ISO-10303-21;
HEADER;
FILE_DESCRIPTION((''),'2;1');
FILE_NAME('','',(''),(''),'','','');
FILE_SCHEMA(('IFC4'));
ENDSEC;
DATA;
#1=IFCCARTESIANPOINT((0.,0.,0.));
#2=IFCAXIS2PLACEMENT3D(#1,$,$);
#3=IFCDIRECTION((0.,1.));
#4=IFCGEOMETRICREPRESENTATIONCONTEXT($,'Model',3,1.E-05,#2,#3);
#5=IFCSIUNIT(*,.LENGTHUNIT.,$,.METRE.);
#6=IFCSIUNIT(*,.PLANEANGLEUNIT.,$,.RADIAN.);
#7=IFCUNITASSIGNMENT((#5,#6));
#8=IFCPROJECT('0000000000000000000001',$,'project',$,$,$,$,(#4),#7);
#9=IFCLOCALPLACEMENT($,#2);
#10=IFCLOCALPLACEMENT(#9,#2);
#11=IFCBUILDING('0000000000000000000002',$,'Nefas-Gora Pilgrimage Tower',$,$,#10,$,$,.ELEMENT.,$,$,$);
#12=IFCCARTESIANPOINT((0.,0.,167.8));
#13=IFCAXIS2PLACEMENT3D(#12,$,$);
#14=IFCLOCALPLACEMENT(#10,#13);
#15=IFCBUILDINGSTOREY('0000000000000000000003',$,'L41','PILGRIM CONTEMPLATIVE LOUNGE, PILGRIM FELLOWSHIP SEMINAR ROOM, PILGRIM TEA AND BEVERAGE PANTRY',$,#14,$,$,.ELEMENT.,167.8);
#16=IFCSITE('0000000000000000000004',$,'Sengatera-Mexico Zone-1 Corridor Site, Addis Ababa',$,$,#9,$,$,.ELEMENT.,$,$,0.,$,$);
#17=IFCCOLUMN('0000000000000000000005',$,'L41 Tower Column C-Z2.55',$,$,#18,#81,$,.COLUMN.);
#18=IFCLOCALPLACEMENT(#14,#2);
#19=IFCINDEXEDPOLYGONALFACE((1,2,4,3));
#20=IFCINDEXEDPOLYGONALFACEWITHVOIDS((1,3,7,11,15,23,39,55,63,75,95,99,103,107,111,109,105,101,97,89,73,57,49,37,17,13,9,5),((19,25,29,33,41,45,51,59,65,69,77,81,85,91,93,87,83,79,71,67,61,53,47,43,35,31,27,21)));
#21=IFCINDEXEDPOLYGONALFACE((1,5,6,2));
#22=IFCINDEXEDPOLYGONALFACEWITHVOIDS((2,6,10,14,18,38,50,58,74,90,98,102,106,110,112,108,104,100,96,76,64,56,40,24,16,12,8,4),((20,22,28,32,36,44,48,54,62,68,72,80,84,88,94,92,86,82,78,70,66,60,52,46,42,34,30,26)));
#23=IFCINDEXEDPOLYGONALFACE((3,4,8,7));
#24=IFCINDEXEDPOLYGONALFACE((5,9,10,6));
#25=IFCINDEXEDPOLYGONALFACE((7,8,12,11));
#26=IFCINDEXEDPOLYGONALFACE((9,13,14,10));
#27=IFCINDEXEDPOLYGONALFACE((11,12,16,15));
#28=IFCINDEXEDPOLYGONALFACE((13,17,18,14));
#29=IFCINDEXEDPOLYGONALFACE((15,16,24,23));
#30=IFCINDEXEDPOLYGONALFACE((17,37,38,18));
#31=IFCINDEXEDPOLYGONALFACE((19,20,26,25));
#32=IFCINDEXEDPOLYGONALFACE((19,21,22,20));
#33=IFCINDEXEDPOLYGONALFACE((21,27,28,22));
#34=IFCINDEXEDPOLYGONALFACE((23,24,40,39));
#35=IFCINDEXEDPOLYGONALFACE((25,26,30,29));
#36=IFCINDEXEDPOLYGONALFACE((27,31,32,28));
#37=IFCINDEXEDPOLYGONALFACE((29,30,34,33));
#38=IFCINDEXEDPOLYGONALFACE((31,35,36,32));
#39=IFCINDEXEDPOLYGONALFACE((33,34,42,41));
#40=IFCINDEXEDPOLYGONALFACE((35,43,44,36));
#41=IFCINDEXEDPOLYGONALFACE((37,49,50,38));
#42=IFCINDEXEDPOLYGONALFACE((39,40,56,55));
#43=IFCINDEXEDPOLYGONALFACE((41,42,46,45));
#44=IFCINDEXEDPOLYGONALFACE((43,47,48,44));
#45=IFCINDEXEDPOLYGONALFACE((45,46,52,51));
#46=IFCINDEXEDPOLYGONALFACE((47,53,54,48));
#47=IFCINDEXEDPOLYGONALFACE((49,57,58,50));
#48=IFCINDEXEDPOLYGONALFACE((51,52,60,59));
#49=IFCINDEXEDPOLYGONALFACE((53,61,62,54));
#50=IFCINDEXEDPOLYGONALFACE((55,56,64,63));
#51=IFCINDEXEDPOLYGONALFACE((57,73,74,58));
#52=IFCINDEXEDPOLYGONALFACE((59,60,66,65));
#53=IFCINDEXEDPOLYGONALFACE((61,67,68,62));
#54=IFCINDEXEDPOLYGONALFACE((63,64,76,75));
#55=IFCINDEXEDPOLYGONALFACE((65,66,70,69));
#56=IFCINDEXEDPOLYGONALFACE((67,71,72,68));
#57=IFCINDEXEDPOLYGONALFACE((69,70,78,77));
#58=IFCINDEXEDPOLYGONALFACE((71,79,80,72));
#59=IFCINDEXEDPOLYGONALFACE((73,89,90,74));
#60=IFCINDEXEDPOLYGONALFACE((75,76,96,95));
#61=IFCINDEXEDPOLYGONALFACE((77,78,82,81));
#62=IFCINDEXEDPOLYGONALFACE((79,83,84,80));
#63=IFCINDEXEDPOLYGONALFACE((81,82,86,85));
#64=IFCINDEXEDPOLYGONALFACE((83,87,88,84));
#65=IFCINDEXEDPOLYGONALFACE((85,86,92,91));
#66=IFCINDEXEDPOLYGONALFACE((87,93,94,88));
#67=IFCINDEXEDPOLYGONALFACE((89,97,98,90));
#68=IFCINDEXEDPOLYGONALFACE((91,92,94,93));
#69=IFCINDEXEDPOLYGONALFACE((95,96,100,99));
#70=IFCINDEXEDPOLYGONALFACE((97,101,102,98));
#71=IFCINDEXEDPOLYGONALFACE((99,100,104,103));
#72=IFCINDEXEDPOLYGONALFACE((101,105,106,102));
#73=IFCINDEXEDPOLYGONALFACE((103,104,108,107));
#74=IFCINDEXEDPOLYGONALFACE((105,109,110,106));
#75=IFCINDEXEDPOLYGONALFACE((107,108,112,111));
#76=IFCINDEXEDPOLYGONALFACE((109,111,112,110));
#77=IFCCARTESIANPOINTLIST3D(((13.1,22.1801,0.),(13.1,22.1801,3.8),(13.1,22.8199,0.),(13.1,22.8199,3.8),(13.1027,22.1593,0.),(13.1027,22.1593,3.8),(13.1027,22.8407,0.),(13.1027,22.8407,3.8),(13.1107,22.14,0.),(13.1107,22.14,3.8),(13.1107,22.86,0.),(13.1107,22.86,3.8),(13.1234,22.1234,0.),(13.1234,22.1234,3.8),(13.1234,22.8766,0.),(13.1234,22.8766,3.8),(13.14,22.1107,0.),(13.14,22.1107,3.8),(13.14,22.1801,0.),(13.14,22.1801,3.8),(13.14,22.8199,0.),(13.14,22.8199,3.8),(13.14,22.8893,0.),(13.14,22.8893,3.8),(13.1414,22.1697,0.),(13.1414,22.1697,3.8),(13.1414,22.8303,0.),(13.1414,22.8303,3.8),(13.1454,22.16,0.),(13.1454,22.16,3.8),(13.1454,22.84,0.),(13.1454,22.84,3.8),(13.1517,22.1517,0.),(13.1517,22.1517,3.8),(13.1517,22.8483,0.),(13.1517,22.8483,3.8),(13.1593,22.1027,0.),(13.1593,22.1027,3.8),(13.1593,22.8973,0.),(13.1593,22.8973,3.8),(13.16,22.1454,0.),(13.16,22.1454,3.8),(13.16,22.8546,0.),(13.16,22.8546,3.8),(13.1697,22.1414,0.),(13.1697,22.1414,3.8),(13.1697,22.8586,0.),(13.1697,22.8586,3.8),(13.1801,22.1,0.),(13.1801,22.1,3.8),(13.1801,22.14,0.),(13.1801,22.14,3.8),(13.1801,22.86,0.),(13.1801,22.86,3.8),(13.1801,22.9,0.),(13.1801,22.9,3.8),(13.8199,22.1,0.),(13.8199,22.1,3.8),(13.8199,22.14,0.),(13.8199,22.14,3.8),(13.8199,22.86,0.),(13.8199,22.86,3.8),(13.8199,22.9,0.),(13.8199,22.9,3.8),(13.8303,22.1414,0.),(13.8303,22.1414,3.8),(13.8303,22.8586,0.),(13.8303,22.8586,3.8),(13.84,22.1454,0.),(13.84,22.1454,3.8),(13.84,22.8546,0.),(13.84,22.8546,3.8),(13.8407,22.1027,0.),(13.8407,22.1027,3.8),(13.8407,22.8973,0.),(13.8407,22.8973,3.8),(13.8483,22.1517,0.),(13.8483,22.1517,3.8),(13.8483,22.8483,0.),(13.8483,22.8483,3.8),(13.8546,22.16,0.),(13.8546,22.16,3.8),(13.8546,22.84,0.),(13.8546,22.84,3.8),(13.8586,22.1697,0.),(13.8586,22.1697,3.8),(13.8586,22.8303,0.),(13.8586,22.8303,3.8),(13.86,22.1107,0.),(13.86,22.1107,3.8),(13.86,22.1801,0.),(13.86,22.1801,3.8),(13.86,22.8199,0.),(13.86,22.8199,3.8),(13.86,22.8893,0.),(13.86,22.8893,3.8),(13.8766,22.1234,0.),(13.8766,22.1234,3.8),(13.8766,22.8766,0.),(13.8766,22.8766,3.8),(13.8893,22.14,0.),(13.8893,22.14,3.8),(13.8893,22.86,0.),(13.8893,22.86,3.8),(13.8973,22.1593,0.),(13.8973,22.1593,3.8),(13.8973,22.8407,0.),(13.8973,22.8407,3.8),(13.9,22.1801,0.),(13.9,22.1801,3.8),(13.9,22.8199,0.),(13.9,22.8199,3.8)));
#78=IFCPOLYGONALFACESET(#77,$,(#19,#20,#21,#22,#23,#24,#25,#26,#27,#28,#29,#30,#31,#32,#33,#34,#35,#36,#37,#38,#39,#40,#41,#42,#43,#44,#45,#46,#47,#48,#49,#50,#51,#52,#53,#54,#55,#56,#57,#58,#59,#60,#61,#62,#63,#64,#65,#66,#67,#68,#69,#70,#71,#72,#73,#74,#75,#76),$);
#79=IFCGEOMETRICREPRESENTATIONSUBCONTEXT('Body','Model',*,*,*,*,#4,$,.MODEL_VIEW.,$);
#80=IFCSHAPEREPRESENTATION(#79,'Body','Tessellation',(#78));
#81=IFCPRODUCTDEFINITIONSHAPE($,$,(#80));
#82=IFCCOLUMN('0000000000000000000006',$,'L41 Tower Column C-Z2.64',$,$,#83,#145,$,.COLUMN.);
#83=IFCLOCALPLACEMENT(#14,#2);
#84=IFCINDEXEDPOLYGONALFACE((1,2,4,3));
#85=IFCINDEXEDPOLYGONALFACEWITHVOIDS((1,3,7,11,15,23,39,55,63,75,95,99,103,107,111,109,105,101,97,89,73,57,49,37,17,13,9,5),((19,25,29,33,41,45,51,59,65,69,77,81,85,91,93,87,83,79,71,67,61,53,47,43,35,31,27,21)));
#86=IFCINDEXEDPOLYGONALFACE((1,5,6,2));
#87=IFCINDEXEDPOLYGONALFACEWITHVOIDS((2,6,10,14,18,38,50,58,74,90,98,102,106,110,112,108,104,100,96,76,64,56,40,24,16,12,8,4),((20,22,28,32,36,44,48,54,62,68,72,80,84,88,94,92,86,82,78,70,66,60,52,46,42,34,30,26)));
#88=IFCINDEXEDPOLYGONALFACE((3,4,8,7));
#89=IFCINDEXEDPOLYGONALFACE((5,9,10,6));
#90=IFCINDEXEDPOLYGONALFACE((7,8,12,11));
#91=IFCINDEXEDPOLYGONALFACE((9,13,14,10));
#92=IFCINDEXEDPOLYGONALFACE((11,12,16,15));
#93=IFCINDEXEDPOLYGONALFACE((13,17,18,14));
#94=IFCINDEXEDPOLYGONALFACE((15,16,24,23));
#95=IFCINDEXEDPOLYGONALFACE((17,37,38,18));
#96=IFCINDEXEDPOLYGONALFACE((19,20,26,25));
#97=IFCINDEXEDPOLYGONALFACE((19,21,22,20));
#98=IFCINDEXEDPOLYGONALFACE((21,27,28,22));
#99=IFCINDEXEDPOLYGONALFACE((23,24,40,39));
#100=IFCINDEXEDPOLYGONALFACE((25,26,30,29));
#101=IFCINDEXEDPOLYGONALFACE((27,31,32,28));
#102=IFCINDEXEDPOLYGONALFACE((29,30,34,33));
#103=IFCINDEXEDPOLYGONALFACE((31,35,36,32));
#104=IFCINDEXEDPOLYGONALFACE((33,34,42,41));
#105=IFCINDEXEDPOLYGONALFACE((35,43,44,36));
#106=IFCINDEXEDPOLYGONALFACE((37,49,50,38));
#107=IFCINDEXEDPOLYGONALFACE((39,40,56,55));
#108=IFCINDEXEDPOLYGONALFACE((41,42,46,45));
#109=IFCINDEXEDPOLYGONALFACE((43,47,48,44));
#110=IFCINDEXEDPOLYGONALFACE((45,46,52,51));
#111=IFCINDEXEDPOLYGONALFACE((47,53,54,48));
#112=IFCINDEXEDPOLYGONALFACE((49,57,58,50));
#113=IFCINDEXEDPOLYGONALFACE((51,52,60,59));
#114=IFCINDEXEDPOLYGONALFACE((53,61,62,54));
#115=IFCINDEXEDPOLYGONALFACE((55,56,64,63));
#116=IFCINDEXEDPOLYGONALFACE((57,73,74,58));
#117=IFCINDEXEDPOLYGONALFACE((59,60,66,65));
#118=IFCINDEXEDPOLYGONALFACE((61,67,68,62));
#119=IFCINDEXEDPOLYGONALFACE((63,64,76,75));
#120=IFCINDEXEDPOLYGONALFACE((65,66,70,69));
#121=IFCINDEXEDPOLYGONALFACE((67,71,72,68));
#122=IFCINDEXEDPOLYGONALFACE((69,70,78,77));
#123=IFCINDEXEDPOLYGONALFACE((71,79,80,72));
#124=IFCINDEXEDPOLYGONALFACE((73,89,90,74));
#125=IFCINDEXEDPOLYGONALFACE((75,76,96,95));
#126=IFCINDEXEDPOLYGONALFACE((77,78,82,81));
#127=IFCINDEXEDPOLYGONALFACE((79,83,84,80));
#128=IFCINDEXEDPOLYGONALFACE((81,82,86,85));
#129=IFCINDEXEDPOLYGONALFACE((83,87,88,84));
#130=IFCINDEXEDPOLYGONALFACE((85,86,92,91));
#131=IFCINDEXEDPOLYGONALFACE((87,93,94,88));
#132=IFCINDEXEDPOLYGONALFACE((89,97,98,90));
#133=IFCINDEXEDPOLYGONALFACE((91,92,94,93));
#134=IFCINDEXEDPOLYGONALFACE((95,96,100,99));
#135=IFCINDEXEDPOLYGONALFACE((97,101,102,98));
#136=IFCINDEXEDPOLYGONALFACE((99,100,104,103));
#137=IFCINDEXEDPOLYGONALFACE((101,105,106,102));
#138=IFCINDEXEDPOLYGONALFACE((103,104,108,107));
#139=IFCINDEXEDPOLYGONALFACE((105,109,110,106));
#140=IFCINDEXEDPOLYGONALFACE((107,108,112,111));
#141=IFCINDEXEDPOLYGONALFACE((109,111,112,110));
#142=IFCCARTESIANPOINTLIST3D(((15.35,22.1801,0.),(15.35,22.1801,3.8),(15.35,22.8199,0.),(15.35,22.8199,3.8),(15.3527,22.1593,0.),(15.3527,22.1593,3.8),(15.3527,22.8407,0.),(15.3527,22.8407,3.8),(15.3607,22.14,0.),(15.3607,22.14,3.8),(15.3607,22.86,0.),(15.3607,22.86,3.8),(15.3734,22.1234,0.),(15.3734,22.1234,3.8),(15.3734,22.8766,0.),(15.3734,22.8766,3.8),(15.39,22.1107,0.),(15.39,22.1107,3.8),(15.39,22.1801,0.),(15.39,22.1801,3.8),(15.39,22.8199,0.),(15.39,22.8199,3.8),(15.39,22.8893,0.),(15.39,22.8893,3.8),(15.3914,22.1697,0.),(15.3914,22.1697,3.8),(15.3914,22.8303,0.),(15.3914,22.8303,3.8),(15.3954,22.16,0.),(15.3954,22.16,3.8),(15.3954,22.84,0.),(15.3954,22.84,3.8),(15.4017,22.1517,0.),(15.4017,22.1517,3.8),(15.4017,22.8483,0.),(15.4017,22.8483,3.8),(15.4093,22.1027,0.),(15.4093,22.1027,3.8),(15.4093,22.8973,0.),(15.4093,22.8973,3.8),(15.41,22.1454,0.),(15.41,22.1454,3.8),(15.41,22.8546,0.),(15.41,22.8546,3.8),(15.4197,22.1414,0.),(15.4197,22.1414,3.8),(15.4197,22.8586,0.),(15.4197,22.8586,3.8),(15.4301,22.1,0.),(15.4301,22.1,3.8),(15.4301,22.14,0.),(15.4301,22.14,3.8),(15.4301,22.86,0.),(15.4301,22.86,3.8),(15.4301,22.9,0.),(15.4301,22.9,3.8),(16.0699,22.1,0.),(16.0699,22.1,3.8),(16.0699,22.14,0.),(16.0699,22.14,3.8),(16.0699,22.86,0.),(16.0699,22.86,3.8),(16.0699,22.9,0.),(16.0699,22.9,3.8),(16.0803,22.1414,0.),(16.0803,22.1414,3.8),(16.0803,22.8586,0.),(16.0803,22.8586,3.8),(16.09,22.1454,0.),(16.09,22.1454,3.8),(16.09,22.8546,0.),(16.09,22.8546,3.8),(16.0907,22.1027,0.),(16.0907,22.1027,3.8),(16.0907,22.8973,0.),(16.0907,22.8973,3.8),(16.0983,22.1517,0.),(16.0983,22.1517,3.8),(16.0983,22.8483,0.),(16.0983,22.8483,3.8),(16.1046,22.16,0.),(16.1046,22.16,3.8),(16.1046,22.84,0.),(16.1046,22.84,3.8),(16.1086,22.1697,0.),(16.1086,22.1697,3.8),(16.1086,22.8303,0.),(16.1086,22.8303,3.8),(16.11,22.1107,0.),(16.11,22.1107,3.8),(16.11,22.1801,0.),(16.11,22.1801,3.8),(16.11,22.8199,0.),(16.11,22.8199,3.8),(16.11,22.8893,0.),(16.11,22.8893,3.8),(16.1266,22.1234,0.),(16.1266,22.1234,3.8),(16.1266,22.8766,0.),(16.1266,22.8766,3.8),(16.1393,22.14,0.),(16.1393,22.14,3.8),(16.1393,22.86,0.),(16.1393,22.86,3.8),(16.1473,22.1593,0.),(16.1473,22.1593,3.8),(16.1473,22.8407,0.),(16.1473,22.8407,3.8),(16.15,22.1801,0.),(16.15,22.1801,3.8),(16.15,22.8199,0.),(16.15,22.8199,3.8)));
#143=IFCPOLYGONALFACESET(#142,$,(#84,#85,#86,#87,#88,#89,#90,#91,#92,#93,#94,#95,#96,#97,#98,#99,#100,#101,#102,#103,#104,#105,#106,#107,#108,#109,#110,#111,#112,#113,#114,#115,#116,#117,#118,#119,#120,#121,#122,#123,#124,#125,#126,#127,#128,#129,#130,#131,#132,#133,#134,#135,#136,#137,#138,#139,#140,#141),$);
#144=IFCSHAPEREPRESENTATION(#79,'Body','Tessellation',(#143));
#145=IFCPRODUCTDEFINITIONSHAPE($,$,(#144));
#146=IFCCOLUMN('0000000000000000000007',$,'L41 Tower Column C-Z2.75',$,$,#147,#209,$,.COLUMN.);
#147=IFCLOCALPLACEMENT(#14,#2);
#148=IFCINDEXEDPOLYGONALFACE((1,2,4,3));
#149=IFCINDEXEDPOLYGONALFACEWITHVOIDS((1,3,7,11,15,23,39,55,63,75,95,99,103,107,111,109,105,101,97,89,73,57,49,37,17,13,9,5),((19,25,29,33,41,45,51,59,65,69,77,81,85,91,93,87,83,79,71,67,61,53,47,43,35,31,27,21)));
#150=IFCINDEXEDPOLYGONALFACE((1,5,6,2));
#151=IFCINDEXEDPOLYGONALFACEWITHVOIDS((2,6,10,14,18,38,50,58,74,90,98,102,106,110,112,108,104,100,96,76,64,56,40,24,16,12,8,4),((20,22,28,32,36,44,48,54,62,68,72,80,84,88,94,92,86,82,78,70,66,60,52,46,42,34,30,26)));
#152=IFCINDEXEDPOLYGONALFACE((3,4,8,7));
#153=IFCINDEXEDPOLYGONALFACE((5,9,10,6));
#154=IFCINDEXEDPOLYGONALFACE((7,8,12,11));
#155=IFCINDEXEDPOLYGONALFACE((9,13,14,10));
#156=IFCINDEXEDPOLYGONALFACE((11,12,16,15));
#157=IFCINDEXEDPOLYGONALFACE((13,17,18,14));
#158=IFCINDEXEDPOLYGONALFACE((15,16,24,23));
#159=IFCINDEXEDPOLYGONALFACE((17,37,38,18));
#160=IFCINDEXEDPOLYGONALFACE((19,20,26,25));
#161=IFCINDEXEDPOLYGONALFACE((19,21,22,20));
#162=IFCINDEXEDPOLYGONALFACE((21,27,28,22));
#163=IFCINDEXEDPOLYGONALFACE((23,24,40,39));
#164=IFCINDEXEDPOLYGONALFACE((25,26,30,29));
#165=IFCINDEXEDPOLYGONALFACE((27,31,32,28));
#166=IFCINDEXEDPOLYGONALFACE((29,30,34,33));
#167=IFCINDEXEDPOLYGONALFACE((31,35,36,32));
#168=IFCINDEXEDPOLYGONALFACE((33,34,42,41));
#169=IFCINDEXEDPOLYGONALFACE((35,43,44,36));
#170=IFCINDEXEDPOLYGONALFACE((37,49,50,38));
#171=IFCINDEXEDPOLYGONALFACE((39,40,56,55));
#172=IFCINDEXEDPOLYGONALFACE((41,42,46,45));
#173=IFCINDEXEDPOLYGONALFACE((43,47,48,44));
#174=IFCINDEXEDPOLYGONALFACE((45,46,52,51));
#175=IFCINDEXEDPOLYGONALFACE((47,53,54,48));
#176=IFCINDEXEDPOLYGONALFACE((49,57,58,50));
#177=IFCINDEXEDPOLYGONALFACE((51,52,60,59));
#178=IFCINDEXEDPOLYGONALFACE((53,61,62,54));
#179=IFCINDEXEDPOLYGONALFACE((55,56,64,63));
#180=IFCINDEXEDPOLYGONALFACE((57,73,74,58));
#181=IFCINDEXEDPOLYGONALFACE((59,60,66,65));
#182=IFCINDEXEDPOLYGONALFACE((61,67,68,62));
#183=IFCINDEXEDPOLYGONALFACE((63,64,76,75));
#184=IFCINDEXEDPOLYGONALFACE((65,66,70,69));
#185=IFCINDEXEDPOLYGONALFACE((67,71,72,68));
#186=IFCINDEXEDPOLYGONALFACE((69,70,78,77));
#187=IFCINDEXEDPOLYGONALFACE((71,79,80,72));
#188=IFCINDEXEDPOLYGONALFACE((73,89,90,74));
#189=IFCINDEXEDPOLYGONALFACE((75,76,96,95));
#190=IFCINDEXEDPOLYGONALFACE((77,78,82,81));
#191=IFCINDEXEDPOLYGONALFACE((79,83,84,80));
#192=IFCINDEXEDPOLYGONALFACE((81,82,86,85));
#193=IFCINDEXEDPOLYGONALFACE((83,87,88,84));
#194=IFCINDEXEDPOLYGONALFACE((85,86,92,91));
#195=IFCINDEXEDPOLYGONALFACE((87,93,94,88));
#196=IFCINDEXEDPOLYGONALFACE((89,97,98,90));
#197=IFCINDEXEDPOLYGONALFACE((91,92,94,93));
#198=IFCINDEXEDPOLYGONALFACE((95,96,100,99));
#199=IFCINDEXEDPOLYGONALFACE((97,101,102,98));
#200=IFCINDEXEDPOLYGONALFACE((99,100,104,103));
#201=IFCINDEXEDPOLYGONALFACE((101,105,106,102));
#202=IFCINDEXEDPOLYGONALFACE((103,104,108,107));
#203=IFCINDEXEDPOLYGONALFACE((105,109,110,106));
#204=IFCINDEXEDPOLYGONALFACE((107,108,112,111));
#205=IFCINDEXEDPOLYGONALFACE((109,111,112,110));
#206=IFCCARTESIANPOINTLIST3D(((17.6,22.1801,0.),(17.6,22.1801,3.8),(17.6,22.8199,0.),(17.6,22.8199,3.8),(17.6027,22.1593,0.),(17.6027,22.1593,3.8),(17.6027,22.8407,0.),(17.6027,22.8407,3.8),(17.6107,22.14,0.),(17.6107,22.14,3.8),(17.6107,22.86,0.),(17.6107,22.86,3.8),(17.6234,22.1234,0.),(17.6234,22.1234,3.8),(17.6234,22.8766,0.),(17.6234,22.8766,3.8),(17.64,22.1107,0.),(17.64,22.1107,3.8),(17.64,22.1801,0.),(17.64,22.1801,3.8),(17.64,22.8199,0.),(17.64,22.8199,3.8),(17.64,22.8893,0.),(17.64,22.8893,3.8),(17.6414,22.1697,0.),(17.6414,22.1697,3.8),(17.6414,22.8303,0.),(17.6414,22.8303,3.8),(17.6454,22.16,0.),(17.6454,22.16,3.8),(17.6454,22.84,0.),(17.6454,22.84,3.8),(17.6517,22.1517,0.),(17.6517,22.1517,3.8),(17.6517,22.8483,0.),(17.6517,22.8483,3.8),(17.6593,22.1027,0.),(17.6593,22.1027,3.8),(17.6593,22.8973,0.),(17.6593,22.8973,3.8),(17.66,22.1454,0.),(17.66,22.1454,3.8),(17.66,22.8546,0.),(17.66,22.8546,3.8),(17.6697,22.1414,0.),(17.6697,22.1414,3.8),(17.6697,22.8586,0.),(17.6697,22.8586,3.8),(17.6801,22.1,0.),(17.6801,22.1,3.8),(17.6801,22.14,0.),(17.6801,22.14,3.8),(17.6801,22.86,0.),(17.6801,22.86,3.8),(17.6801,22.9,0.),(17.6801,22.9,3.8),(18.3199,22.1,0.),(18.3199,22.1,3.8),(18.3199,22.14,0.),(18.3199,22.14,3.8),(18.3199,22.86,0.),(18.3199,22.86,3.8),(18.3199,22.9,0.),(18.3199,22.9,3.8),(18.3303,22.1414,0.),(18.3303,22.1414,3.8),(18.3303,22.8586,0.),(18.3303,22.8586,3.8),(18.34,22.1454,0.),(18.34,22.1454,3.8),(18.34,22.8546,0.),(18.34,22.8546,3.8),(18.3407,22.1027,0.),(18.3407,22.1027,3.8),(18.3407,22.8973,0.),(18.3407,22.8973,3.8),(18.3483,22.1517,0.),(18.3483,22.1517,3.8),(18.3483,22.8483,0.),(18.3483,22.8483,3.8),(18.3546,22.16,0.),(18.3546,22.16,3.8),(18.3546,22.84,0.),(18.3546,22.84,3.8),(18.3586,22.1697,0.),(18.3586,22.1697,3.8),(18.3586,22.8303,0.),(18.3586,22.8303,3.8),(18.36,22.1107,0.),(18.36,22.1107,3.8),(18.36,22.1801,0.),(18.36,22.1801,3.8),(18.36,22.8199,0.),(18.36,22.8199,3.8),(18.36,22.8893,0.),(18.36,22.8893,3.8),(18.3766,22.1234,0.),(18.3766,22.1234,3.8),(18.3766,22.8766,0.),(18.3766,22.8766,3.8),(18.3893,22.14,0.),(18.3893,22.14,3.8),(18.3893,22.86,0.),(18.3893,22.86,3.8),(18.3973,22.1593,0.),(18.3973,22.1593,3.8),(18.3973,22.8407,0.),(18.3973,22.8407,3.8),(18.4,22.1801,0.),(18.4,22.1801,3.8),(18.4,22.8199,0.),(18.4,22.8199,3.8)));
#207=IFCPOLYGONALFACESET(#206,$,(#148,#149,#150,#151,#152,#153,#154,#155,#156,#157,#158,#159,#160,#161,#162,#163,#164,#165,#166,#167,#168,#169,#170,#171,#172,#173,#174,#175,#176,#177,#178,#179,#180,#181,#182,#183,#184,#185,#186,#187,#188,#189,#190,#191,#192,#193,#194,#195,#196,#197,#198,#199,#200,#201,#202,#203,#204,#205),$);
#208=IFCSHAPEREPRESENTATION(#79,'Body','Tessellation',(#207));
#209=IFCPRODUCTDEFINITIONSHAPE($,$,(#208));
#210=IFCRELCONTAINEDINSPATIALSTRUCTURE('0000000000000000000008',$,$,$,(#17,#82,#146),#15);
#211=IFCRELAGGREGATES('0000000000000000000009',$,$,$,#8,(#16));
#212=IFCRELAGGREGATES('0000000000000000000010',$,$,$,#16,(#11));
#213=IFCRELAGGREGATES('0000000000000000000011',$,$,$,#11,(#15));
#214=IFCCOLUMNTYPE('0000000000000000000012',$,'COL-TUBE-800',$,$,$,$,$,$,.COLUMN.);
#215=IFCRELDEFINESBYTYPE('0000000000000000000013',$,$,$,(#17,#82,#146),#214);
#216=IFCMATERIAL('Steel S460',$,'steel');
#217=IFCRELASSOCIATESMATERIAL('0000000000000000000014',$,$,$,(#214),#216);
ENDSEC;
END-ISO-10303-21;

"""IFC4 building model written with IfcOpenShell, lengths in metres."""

from ifc_helpers import new_model, si_unit, direction, frame, origin, origin_2d, place, context, subcontext, project, spatial, hollow_rectangle, extrude, source, transform, mapped, material, material_profile, profile_set, type_object, element, save


model = new_model("IFC4")

# Units and contexts
model_context = context("Model", 3, precision=1e-05, world=origin(), true_north=direction((0.0, 1.0)))
body_context = subcontext(model_context, "Body", "Model", "MODEL_VIEW")
ifc_project = project(units=[si_unit("LENGTHUNIT", "METRE"), si_unit("PLANEANGLEUNIT", "RADIAN")], contexts=[model_context])

# Site, building, storey
site_placement = place(None, origin())
site = spatial("IfcSite", under=ifc_project, at=site_placement, Name="Sengatera-Mexico Zone-1 Corridor Site, Addis Ababa", CompositionType="ELEMENT", RefElevation=0.0)
building_placement = place(site_placement, origin())
building = spatial("IfcBuilding", under=site, at=building_placement, Name="Nefas-Gora Pilgrimage Tower", CompositionType="ELEMENT")
storey_placement = place(building_placement, frame((0.0, 0.0, 167.8)))
storey = spatial("IfcBuildingStorey", under=building, at=storey_placement, Name="L41", Description="PILGRIM CONTEMPLATIVE LOUNGE, PILGRIM FELLOWSHIP SEMINAR ROOM, PILGRIM TEA AND BEVERAGE PANTRY", CompositionType="ELEMENT", Elevation=167.8)

# Columns
ifc_material_1 = material(Name="Steel S460", Category="steel")
ifc_material_profile_1 = material_profile(ifc_material_1, hollow_rectangle(XDim=0.8, YDim=0.8, WallThickness=0.04, InnerFilletRadius=0.04, OuterFilletRadius=0.0801, at=origin_2d()), Name="BOX 800x800x40")
ifc_profile_set_1 = profile_set([ifc_material_profile_1], Name="Steel S460")
column_type_1 = type_object("IfcColumnType", Name="COL-TUBE-800", PredefinedType="COLUMN", material=ifc_profile_set_1)
shared_shape_1 = source(origin(), body_context, "Body", "SweptSolid", [
    extrude(hollow_rectangle(XDim=0.8, YDim=0.8, WallThickness=0.04, InnerFilletRadius=0.04, OuterFilletRadius=0.0801, at=origin_2d()), origin(), (0.0, 0.0, 1.0), 3.8),
])
for number, where, z_axis, x_axis, name in (
    (1, (13.5, 22.5, 0.0), (0.0, 0.0, 1.0), (1.0, 0.0, 0.0), "L41 Tower Column C-Z2.55"),
    (2, (15.75, 22.5, 0.0), (0.0, 0.0, 1.0), (1.0, 0.0, 0.0), "L41 Tower Column C-Z2.64"),
    (3, (18.0, 22.5, 0.0), (0.0, 0.0, 1.0), (1.0, 0.0, 0.0), "L41 Tower Column C-Z2.75"),
):
    element("IfcColumn", number, at=place(storey_placement, frame(where, z_axis=z_axis, x_axis=x_axis)), inside=storey, type_object=column_type_1, Name=name, PredefinedType="COLUMN", context=body_context, shape_type="MappedRepresentation", body=[
        mapped(shared_shape_1, transform((0.0, 0.0, 0.0), x_axis=(1.0, 0.0, 0.0), y_axis=(0.0, 1.0, 0.0), z_axis=(0.0, 0.0, 1.0), scale=1.0)),
    ])

save(model, "model.ifc")
